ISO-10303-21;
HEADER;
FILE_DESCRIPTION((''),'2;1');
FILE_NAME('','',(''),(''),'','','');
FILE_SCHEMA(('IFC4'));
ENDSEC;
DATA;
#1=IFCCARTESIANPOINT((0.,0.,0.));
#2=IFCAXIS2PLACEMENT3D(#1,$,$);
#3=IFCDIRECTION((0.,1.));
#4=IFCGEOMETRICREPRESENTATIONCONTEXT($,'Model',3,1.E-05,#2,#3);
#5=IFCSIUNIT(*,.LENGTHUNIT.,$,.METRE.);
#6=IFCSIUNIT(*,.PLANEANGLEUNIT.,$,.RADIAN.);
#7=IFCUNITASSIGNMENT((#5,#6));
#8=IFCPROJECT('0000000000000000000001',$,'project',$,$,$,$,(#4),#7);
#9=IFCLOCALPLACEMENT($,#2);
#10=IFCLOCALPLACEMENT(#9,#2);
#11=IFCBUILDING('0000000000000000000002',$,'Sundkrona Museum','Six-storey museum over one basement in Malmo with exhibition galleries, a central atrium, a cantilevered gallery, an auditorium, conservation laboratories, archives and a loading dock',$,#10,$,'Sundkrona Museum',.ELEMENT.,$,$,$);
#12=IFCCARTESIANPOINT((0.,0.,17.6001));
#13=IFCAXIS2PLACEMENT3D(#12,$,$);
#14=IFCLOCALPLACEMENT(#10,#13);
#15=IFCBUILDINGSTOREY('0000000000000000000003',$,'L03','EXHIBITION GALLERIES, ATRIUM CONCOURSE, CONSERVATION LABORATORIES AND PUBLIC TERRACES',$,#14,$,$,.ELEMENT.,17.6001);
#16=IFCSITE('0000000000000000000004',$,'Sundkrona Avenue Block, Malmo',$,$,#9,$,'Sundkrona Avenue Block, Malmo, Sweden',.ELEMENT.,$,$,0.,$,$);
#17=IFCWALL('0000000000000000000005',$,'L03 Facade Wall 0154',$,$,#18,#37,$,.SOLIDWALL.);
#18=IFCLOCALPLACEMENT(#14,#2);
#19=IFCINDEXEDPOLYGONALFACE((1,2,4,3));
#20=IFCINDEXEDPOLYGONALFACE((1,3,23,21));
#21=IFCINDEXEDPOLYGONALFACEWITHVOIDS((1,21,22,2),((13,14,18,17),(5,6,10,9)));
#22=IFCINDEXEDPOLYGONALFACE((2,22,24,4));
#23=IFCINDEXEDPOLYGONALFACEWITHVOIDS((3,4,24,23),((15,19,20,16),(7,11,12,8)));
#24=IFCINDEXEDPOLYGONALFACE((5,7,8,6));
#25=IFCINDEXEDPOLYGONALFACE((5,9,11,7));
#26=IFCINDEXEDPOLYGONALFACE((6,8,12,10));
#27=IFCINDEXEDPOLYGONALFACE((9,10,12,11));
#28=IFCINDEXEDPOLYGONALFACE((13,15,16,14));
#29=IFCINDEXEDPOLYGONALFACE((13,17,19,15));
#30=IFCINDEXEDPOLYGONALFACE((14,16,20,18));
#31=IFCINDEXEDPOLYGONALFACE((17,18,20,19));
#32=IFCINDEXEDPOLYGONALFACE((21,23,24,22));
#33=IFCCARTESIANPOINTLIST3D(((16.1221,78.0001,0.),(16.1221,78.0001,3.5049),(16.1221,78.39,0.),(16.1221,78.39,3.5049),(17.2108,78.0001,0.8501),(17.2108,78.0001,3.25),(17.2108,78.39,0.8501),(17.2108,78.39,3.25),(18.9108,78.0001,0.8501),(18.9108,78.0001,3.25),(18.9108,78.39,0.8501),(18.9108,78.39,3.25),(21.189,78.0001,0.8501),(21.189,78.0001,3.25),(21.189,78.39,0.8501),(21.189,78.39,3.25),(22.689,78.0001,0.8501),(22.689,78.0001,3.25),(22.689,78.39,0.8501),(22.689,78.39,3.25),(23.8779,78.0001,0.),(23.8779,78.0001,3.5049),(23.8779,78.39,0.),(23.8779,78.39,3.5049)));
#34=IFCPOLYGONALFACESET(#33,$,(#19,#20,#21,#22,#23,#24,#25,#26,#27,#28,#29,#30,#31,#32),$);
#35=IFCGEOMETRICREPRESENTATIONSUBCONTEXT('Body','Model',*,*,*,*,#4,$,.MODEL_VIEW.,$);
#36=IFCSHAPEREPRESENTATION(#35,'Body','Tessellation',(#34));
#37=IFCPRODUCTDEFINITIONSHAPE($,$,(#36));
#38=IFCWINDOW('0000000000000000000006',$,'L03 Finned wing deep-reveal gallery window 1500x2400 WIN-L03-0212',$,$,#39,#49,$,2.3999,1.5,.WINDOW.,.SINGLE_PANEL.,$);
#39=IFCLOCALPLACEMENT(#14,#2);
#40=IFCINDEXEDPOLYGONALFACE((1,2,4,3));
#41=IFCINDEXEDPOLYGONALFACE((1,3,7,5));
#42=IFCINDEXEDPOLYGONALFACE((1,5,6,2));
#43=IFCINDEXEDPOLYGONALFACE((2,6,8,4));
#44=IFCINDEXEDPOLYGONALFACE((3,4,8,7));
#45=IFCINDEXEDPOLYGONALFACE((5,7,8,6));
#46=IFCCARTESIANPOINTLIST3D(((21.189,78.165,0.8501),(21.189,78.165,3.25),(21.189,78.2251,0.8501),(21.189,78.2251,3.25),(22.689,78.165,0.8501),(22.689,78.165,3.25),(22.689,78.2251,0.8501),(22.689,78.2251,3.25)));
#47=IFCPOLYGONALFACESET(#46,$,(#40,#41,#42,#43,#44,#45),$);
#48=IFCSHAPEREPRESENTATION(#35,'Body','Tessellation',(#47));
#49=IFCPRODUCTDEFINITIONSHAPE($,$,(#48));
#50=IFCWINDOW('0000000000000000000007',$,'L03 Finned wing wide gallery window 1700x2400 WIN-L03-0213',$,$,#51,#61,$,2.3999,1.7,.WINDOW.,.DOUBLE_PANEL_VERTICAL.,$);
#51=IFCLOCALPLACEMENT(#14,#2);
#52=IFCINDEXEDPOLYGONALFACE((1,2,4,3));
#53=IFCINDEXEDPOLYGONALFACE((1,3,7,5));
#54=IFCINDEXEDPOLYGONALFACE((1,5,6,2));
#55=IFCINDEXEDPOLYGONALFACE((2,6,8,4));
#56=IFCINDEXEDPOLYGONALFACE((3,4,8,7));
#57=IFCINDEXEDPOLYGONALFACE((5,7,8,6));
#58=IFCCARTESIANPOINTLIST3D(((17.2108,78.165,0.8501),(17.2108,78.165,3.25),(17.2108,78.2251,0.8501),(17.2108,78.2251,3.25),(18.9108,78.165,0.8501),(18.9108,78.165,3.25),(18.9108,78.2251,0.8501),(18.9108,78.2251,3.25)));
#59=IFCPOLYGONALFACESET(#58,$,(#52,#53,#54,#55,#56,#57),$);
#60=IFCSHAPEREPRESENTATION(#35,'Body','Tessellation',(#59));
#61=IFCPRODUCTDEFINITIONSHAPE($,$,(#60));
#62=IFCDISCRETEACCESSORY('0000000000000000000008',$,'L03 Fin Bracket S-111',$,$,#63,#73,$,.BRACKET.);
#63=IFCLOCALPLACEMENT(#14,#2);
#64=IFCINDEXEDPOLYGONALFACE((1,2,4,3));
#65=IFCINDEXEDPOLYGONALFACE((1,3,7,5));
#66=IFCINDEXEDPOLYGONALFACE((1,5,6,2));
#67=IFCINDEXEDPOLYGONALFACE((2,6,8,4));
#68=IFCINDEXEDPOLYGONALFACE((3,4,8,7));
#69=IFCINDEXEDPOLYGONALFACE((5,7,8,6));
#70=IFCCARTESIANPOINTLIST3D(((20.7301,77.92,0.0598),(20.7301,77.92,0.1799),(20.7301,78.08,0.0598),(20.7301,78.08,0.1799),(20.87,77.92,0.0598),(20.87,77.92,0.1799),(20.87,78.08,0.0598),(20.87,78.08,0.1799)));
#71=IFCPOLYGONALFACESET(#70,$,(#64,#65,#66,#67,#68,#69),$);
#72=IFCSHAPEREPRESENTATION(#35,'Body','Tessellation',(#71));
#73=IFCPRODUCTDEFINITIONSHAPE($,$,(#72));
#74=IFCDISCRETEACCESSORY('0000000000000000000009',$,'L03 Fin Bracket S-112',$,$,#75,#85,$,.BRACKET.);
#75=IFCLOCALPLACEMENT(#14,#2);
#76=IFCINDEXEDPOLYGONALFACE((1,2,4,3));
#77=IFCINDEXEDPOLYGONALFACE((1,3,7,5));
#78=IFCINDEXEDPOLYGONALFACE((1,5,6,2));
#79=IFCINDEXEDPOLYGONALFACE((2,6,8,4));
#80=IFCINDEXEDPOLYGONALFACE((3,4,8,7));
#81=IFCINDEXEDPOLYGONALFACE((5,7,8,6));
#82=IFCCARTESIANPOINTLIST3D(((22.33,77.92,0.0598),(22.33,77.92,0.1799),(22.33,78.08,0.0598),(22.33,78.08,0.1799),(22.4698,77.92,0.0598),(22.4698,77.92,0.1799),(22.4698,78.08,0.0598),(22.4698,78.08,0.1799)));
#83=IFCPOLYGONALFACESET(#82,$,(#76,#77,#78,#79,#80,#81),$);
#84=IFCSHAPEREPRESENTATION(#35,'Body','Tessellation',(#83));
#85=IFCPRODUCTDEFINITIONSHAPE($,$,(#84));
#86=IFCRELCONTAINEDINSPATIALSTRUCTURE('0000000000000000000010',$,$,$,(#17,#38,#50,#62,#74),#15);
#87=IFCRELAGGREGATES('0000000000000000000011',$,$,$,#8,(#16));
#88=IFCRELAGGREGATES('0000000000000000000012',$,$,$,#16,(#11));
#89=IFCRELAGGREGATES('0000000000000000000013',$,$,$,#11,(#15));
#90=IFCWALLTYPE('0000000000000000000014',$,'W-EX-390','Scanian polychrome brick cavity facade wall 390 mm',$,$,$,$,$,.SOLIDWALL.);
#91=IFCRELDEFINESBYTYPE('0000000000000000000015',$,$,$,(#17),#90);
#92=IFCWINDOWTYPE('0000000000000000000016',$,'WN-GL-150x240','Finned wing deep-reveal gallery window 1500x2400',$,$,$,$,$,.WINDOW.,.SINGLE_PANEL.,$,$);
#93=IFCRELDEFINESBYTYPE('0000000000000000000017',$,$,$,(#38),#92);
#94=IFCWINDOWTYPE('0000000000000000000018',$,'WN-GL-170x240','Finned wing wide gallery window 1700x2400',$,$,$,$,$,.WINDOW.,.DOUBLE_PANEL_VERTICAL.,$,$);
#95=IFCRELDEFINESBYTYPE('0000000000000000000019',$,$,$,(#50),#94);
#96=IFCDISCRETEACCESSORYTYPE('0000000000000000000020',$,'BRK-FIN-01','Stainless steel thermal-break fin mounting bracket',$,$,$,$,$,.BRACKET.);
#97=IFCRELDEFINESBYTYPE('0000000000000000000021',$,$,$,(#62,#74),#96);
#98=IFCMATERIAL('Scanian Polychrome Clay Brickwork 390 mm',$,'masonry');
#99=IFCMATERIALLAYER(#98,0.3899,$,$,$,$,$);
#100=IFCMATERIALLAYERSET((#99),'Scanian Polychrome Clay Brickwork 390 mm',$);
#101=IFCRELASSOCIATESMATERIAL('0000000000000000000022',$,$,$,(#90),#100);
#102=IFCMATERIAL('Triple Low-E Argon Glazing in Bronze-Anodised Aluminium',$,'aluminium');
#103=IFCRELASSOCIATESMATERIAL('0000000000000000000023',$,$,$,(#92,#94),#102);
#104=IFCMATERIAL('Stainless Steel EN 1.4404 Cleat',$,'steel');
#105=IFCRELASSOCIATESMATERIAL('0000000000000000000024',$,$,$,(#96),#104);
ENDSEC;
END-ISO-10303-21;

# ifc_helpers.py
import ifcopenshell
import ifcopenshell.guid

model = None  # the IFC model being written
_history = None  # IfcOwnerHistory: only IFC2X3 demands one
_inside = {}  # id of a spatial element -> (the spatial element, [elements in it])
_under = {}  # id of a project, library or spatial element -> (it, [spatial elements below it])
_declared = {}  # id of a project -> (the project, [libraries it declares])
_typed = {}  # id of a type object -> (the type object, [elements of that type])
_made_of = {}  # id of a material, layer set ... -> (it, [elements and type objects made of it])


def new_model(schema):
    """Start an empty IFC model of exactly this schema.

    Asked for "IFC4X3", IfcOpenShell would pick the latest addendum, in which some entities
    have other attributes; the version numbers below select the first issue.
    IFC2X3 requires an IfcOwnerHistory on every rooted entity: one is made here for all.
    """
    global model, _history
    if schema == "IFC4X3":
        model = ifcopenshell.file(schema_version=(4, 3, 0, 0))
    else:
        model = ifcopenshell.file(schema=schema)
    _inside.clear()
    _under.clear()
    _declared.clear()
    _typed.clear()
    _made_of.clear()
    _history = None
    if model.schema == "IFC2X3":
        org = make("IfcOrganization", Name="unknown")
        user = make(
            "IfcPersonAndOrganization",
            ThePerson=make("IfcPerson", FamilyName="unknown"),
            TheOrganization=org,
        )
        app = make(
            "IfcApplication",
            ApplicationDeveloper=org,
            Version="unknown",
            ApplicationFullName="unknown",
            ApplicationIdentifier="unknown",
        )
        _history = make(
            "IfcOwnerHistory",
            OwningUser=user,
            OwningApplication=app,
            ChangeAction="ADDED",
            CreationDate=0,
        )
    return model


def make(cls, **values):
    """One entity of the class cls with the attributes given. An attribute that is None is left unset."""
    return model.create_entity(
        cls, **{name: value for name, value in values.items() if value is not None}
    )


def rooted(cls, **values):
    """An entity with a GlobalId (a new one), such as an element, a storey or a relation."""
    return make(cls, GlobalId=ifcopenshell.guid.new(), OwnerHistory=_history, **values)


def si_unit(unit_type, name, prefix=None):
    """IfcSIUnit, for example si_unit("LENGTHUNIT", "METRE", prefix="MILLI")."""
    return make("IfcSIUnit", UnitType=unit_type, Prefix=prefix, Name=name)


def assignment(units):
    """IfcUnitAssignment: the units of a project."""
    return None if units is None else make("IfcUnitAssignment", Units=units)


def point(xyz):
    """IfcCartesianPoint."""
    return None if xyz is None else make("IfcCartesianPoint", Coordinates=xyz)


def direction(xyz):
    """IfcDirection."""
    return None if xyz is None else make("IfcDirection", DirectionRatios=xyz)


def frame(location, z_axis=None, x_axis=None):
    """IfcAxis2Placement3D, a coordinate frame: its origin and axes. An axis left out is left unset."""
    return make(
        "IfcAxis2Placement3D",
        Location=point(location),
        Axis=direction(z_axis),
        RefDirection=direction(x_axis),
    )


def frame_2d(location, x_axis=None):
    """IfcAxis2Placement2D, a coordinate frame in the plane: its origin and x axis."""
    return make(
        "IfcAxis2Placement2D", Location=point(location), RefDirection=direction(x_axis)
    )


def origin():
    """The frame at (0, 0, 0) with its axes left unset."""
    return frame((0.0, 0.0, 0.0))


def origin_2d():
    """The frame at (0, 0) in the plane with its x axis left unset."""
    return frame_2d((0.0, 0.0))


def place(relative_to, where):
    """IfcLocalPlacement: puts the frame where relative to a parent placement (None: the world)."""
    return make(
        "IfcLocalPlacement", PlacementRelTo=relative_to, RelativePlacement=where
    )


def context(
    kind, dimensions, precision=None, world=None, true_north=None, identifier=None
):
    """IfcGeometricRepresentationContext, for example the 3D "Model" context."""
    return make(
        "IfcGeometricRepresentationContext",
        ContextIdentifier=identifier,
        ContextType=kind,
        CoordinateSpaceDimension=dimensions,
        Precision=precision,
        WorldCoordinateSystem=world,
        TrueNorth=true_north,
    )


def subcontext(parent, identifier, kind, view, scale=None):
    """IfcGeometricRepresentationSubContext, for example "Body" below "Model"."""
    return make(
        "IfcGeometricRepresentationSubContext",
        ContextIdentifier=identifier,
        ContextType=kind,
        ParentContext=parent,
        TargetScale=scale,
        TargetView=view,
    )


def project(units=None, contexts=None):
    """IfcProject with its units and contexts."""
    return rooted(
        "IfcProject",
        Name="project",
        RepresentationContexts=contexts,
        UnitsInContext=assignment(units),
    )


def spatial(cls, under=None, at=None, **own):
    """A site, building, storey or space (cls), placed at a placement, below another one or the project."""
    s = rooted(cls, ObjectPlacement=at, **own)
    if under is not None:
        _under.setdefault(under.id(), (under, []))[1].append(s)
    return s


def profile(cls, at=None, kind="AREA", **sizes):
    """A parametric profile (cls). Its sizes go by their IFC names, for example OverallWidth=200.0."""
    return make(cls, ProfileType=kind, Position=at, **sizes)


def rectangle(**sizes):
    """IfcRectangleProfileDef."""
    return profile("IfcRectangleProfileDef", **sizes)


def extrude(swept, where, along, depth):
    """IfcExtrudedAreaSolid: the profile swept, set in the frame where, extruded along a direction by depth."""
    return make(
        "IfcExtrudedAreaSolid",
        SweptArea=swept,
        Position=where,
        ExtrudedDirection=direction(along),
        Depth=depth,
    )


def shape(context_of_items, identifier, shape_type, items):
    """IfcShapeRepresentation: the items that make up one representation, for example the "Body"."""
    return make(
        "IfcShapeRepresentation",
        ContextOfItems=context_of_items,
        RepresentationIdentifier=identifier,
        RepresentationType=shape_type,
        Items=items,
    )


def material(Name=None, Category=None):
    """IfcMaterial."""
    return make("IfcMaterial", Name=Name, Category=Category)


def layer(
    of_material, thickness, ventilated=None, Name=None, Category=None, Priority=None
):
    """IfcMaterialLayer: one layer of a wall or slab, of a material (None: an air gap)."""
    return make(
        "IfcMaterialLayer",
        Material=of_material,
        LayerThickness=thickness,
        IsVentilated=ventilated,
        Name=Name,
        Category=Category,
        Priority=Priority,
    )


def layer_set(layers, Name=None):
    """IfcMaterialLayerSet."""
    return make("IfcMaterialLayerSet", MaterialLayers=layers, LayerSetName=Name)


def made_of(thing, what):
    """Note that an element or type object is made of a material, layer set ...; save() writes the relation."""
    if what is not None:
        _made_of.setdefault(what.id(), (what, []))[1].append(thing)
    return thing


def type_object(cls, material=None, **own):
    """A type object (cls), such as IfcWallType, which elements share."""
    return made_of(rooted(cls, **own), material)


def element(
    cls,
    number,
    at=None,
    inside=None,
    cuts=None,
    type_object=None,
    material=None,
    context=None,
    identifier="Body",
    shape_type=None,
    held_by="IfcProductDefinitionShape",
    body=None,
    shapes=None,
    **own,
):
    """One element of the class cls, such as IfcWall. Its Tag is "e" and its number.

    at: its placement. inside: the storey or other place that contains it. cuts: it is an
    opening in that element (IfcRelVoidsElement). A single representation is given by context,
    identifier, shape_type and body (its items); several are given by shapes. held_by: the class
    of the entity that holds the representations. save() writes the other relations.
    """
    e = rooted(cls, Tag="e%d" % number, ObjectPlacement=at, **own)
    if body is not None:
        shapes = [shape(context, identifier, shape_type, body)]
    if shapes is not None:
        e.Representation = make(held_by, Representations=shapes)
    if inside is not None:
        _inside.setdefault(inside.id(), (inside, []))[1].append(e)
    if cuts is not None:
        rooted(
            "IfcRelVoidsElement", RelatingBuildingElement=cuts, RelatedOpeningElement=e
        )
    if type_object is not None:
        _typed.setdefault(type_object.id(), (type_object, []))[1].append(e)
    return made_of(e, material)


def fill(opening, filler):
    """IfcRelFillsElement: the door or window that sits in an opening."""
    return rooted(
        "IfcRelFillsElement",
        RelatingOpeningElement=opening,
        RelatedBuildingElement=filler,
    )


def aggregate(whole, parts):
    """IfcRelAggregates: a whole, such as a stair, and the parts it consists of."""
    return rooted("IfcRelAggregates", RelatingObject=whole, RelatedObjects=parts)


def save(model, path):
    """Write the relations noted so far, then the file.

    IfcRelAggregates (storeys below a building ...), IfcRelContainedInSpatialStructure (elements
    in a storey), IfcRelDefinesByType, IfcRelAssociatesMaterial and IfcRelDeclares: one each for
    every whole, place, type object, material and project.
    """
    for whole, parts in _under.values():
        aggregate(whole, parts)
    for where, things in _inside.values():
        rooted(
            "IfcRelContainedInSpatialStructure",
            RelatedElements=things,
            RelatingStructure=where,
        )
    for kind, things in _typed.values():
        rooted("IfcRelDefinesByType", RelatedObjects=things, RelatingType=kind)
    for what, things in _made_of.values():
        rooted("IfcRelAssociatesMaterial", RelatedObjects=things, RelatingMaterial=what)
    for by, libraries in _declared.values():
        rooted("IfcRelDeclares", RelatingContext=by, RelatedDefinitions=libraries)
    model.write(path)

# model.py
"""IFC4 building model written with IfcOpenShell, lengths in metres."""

from ifc_helpers import new_model, si_unit, direction, frame, frame_2d, origin, origin_2d, place, context, subcontext, project, spatial, rectangle, extrude, material, layer, layer_set, type_object, element, fill, save


model = new_model("IFC4")

# Units and contexts
model_context = context("Model", 3, precision=1e-05, world=origin(), true_north=direction((0.0, 1.0)))
body_context = subcontext(model_context, "Body", "Model", "MODEL_VIEW")
ifc_project = project(units=[si_unit("LENGTHUNIT", "METRE"), si_unit("PLANEANGLEUNIT", "RADIAN")], contexts=[model_context])

# Site, building, storey
site_placement = place(None, origin())
site = spatial("IfcSite", under=ifc_project, at=site_placement, Name="Sundkrona Avenue Block, Malmo", LongName="Sundkrona Avenue Block, Malmo, Sweden", CompositionType="ELEMENT", RefElevation=0.0)
building_placement = place(site_placement, origin())
building = spatial("IfcBuilding", under=site, at=building_placement, Name="Sundkrona Museum", Description="Six-storey museum over one basement in Malmo with exhibition galleries, a central atrium, a cantilevered gallery, an auditorium, conservation laboratories, archives and a loading dock", LongName="Sundkrona Museum", CompositionType="ELEMENT")
storey_placement = place(building_placement, frame((0.0, 0.0, 17.6001)))
storey = spatial("IfcBuildingStorey", under=building, at=storey_placement, Name="L03", Description="EXHIBITION GALLERIES, ATRIUM CONCOURSE, CONSERVATION LABORATORIES AND PUBLIC TERRACES", CompositionType="ELEMENT", Elevation=17.6001)

# Wall, openings, windows
ifc_material_1 = material(Name="Scanian Polychrome Clay Brickwork 390 mm", Category="masonry")
ifc_layer_1 = layer(ifc_material_1, 0.3899)
ifc_layer_set_1 = layer_set([ifc_layer_1], Name="Scanian Polychrome Clay Brickwork 390 mm")
wall_type = type_object("IfcWallType", Name="W-EX-390", Description="Scanian polychrome brick cavity facade wall 390 mm", PredefinedType="SOLIDWALL", material=ifc_layer_set_1)
wall_placement = place(storey_placement, frame((23.8779, 78.1951, 0.0), z_axis=(0.0, 0.0, 1.0), x_axis=(-1.0, 0.0, 0.0)))
wall = element("IfcWall", 1, at=wall_placement, inside=storey, type_object=wall_type, Name="L03 Facade Wall 0154", PredefinedType="SOLIDWALL", context=body_context, shape_type="SweptSolid", body=[
    extrude(rectangle(XDim=7.7559, YDim=0.3899, at=frame_2d((3.8779, 0.0))), origin(), (0.0, 0.0, 1.0), 3.5049),
])
opening_1_placement = place(wall_placement, frame((1.189, 0.0, 0.8501)))
opening_1 = element("IfcOpeningElement", 2, at=opening_1_placement, cuts=wall, PredefinedType="OPENING", context=body_context, shape_type="SweptSolid", body=[
    extrude(rectangle(XDim=1.5, YDim=2.3999, at=frame_2d((0.75, 1.2))), frame((0.0, 0.2048, 0.0), z_axis=(0.0, -1.0, 0.0), x_axis=(1.0, 0.0, 0.0)), (0.0, 0.0, 1.0), 0.4099),
])
opening_2_placement = place(wall_placement, frame((4.967, 0.0, 0.8501)))
opening_2 = element("IfcOpeningElement", 3, at=opening_2_placement, cuts=wall, PredefinedType="OPENING", context=body_context, shape_type="SweptSolid", body=[
    extrude(rectangle(XDim=1.7, YDim=2.3999, at=frame_2d((0.8501, 1.2))), frame((0.0, 0.2048, 0.0), z_axis=(0.0, -1.0, 0.0), x_axis=(1.0, 0.0, 0.0)), (0.0, 0.0, 1.0), 0.4099),
])
ifc_material_2 = material(Name="Triple Low-E Argon Glazing in Bronze-Anodised Aluminium", Category="aluminium")
window_type_1 = type_object("IfcWindowType", Name="WN-GL-150x240", Description="Finned wing deep-reveal gallery window 1500x2400", PartitioningType="SINGLE_PANEL", PredefinedType="WINDOW", material=ifc_material_2)
window_1_placement = place(opening_1_placement, origin())
window_1 = element("IfcWindow", 4, at=window_1_placement, inside=storey, type_object=window_type_1, Name="L03 Finned wing deep-reveal gallery window 1500x2400 WIN-L03-0212", OverallHeight=2.3999, OverallWidth=1.5, PartitioningType="SINGLE_PANEL", PredefinedType="WINDOW", context=body_context, shape_type="SweptSolid", body=[
    extrude(rectangle(XDim=1.5, YDim=2.3999, at=frame_2d((0.75, 1.2))), frame((0.0, 0.03, 0.0), z_axis=(0.0, -1.0, 0.0), x_axis=(1.0, 0.0, 0.0)), (0.0, 0.0, 1.0), 0.0601),
])
fill(opening_1, window_1)
window_type_2 = type_object("IfcWindowType", Name="WN-GL-170x240", Description="Finned wing wide gallery window 1700x2400", PartitioningType="DOUBLE_PANEL_VERTICAL", PredefinedType="WINDOW", material=ifc_material_2)
window_2_placement = place(opening_2_placement, origin())
window_2 = element("IfcWindow", 5, at=window_2_placement, inside=storey, type_object=window_type_2, Name="L03 Finned wing wide gallery window 1700x2400 WIN-L03-0213", OverallHeight=2.3999, OverallWidth=1.7, PartitioningType="DOUBLE_PANEL_VERTICAL", PredefinedType="WINDOW", context=body_context, shape_type="SweptSolid", body=[
    extrude(rectangle(XDim=1.7, YDim=2.3999, at=frame_2d((0.8501, 1.2))), frame((0.0, 0.03, 0.0), z_axis=(0.0, -1.0, 0.0), x_axis=(1.0, 0.0, 0.0)), (0.0, 0.0, 1.0), 0.0601),
])
fill(opening_2, window_2)

# Discrete accessories
ifc_material_3 = material(Name="Stainless Steel EN 1.4404 Cleat", Category="steel")
discrete_accessory_type = type_object("IfcDiscreteAccessoryType", Name="BRK-FIN-01", Description="Stainless steel thermal-break fin mounting bracket", PredefinedType="BRACKET", material=ifc_material_3)
for number, where, z_axis, x_axis, name in (
    (6, (20.8, 78.0, 0.0598), (0.0, 0.0, 1.0), (1.0, 0.0, 0.0), "L03 Fin Bracket S-111"),
    (7, (22.3999, 78.0, 0.0598), (0.0, 0.0, 1.0), (1.0, 0.0, 0.0), "L03 Fin Bracket S-112"),
):
    element("IfcDiscreteAccessory", number, at=place(storey_placement, frame(where, z_axis=z_axis, x_axis=x_axis)), inside=storey, type_object=discrete_accessory_type, Name=name, PredefinedType="BRACKET", context=body_context, shape_type="SweptSolid", body=[
        extrude(rectangle(XDim=0.1399, YDim=0.1599, at=origin_2d()), origin(), (0.0, 0.0, 1.0), 0.1201),
    ])

save(model, "model.ifc")
